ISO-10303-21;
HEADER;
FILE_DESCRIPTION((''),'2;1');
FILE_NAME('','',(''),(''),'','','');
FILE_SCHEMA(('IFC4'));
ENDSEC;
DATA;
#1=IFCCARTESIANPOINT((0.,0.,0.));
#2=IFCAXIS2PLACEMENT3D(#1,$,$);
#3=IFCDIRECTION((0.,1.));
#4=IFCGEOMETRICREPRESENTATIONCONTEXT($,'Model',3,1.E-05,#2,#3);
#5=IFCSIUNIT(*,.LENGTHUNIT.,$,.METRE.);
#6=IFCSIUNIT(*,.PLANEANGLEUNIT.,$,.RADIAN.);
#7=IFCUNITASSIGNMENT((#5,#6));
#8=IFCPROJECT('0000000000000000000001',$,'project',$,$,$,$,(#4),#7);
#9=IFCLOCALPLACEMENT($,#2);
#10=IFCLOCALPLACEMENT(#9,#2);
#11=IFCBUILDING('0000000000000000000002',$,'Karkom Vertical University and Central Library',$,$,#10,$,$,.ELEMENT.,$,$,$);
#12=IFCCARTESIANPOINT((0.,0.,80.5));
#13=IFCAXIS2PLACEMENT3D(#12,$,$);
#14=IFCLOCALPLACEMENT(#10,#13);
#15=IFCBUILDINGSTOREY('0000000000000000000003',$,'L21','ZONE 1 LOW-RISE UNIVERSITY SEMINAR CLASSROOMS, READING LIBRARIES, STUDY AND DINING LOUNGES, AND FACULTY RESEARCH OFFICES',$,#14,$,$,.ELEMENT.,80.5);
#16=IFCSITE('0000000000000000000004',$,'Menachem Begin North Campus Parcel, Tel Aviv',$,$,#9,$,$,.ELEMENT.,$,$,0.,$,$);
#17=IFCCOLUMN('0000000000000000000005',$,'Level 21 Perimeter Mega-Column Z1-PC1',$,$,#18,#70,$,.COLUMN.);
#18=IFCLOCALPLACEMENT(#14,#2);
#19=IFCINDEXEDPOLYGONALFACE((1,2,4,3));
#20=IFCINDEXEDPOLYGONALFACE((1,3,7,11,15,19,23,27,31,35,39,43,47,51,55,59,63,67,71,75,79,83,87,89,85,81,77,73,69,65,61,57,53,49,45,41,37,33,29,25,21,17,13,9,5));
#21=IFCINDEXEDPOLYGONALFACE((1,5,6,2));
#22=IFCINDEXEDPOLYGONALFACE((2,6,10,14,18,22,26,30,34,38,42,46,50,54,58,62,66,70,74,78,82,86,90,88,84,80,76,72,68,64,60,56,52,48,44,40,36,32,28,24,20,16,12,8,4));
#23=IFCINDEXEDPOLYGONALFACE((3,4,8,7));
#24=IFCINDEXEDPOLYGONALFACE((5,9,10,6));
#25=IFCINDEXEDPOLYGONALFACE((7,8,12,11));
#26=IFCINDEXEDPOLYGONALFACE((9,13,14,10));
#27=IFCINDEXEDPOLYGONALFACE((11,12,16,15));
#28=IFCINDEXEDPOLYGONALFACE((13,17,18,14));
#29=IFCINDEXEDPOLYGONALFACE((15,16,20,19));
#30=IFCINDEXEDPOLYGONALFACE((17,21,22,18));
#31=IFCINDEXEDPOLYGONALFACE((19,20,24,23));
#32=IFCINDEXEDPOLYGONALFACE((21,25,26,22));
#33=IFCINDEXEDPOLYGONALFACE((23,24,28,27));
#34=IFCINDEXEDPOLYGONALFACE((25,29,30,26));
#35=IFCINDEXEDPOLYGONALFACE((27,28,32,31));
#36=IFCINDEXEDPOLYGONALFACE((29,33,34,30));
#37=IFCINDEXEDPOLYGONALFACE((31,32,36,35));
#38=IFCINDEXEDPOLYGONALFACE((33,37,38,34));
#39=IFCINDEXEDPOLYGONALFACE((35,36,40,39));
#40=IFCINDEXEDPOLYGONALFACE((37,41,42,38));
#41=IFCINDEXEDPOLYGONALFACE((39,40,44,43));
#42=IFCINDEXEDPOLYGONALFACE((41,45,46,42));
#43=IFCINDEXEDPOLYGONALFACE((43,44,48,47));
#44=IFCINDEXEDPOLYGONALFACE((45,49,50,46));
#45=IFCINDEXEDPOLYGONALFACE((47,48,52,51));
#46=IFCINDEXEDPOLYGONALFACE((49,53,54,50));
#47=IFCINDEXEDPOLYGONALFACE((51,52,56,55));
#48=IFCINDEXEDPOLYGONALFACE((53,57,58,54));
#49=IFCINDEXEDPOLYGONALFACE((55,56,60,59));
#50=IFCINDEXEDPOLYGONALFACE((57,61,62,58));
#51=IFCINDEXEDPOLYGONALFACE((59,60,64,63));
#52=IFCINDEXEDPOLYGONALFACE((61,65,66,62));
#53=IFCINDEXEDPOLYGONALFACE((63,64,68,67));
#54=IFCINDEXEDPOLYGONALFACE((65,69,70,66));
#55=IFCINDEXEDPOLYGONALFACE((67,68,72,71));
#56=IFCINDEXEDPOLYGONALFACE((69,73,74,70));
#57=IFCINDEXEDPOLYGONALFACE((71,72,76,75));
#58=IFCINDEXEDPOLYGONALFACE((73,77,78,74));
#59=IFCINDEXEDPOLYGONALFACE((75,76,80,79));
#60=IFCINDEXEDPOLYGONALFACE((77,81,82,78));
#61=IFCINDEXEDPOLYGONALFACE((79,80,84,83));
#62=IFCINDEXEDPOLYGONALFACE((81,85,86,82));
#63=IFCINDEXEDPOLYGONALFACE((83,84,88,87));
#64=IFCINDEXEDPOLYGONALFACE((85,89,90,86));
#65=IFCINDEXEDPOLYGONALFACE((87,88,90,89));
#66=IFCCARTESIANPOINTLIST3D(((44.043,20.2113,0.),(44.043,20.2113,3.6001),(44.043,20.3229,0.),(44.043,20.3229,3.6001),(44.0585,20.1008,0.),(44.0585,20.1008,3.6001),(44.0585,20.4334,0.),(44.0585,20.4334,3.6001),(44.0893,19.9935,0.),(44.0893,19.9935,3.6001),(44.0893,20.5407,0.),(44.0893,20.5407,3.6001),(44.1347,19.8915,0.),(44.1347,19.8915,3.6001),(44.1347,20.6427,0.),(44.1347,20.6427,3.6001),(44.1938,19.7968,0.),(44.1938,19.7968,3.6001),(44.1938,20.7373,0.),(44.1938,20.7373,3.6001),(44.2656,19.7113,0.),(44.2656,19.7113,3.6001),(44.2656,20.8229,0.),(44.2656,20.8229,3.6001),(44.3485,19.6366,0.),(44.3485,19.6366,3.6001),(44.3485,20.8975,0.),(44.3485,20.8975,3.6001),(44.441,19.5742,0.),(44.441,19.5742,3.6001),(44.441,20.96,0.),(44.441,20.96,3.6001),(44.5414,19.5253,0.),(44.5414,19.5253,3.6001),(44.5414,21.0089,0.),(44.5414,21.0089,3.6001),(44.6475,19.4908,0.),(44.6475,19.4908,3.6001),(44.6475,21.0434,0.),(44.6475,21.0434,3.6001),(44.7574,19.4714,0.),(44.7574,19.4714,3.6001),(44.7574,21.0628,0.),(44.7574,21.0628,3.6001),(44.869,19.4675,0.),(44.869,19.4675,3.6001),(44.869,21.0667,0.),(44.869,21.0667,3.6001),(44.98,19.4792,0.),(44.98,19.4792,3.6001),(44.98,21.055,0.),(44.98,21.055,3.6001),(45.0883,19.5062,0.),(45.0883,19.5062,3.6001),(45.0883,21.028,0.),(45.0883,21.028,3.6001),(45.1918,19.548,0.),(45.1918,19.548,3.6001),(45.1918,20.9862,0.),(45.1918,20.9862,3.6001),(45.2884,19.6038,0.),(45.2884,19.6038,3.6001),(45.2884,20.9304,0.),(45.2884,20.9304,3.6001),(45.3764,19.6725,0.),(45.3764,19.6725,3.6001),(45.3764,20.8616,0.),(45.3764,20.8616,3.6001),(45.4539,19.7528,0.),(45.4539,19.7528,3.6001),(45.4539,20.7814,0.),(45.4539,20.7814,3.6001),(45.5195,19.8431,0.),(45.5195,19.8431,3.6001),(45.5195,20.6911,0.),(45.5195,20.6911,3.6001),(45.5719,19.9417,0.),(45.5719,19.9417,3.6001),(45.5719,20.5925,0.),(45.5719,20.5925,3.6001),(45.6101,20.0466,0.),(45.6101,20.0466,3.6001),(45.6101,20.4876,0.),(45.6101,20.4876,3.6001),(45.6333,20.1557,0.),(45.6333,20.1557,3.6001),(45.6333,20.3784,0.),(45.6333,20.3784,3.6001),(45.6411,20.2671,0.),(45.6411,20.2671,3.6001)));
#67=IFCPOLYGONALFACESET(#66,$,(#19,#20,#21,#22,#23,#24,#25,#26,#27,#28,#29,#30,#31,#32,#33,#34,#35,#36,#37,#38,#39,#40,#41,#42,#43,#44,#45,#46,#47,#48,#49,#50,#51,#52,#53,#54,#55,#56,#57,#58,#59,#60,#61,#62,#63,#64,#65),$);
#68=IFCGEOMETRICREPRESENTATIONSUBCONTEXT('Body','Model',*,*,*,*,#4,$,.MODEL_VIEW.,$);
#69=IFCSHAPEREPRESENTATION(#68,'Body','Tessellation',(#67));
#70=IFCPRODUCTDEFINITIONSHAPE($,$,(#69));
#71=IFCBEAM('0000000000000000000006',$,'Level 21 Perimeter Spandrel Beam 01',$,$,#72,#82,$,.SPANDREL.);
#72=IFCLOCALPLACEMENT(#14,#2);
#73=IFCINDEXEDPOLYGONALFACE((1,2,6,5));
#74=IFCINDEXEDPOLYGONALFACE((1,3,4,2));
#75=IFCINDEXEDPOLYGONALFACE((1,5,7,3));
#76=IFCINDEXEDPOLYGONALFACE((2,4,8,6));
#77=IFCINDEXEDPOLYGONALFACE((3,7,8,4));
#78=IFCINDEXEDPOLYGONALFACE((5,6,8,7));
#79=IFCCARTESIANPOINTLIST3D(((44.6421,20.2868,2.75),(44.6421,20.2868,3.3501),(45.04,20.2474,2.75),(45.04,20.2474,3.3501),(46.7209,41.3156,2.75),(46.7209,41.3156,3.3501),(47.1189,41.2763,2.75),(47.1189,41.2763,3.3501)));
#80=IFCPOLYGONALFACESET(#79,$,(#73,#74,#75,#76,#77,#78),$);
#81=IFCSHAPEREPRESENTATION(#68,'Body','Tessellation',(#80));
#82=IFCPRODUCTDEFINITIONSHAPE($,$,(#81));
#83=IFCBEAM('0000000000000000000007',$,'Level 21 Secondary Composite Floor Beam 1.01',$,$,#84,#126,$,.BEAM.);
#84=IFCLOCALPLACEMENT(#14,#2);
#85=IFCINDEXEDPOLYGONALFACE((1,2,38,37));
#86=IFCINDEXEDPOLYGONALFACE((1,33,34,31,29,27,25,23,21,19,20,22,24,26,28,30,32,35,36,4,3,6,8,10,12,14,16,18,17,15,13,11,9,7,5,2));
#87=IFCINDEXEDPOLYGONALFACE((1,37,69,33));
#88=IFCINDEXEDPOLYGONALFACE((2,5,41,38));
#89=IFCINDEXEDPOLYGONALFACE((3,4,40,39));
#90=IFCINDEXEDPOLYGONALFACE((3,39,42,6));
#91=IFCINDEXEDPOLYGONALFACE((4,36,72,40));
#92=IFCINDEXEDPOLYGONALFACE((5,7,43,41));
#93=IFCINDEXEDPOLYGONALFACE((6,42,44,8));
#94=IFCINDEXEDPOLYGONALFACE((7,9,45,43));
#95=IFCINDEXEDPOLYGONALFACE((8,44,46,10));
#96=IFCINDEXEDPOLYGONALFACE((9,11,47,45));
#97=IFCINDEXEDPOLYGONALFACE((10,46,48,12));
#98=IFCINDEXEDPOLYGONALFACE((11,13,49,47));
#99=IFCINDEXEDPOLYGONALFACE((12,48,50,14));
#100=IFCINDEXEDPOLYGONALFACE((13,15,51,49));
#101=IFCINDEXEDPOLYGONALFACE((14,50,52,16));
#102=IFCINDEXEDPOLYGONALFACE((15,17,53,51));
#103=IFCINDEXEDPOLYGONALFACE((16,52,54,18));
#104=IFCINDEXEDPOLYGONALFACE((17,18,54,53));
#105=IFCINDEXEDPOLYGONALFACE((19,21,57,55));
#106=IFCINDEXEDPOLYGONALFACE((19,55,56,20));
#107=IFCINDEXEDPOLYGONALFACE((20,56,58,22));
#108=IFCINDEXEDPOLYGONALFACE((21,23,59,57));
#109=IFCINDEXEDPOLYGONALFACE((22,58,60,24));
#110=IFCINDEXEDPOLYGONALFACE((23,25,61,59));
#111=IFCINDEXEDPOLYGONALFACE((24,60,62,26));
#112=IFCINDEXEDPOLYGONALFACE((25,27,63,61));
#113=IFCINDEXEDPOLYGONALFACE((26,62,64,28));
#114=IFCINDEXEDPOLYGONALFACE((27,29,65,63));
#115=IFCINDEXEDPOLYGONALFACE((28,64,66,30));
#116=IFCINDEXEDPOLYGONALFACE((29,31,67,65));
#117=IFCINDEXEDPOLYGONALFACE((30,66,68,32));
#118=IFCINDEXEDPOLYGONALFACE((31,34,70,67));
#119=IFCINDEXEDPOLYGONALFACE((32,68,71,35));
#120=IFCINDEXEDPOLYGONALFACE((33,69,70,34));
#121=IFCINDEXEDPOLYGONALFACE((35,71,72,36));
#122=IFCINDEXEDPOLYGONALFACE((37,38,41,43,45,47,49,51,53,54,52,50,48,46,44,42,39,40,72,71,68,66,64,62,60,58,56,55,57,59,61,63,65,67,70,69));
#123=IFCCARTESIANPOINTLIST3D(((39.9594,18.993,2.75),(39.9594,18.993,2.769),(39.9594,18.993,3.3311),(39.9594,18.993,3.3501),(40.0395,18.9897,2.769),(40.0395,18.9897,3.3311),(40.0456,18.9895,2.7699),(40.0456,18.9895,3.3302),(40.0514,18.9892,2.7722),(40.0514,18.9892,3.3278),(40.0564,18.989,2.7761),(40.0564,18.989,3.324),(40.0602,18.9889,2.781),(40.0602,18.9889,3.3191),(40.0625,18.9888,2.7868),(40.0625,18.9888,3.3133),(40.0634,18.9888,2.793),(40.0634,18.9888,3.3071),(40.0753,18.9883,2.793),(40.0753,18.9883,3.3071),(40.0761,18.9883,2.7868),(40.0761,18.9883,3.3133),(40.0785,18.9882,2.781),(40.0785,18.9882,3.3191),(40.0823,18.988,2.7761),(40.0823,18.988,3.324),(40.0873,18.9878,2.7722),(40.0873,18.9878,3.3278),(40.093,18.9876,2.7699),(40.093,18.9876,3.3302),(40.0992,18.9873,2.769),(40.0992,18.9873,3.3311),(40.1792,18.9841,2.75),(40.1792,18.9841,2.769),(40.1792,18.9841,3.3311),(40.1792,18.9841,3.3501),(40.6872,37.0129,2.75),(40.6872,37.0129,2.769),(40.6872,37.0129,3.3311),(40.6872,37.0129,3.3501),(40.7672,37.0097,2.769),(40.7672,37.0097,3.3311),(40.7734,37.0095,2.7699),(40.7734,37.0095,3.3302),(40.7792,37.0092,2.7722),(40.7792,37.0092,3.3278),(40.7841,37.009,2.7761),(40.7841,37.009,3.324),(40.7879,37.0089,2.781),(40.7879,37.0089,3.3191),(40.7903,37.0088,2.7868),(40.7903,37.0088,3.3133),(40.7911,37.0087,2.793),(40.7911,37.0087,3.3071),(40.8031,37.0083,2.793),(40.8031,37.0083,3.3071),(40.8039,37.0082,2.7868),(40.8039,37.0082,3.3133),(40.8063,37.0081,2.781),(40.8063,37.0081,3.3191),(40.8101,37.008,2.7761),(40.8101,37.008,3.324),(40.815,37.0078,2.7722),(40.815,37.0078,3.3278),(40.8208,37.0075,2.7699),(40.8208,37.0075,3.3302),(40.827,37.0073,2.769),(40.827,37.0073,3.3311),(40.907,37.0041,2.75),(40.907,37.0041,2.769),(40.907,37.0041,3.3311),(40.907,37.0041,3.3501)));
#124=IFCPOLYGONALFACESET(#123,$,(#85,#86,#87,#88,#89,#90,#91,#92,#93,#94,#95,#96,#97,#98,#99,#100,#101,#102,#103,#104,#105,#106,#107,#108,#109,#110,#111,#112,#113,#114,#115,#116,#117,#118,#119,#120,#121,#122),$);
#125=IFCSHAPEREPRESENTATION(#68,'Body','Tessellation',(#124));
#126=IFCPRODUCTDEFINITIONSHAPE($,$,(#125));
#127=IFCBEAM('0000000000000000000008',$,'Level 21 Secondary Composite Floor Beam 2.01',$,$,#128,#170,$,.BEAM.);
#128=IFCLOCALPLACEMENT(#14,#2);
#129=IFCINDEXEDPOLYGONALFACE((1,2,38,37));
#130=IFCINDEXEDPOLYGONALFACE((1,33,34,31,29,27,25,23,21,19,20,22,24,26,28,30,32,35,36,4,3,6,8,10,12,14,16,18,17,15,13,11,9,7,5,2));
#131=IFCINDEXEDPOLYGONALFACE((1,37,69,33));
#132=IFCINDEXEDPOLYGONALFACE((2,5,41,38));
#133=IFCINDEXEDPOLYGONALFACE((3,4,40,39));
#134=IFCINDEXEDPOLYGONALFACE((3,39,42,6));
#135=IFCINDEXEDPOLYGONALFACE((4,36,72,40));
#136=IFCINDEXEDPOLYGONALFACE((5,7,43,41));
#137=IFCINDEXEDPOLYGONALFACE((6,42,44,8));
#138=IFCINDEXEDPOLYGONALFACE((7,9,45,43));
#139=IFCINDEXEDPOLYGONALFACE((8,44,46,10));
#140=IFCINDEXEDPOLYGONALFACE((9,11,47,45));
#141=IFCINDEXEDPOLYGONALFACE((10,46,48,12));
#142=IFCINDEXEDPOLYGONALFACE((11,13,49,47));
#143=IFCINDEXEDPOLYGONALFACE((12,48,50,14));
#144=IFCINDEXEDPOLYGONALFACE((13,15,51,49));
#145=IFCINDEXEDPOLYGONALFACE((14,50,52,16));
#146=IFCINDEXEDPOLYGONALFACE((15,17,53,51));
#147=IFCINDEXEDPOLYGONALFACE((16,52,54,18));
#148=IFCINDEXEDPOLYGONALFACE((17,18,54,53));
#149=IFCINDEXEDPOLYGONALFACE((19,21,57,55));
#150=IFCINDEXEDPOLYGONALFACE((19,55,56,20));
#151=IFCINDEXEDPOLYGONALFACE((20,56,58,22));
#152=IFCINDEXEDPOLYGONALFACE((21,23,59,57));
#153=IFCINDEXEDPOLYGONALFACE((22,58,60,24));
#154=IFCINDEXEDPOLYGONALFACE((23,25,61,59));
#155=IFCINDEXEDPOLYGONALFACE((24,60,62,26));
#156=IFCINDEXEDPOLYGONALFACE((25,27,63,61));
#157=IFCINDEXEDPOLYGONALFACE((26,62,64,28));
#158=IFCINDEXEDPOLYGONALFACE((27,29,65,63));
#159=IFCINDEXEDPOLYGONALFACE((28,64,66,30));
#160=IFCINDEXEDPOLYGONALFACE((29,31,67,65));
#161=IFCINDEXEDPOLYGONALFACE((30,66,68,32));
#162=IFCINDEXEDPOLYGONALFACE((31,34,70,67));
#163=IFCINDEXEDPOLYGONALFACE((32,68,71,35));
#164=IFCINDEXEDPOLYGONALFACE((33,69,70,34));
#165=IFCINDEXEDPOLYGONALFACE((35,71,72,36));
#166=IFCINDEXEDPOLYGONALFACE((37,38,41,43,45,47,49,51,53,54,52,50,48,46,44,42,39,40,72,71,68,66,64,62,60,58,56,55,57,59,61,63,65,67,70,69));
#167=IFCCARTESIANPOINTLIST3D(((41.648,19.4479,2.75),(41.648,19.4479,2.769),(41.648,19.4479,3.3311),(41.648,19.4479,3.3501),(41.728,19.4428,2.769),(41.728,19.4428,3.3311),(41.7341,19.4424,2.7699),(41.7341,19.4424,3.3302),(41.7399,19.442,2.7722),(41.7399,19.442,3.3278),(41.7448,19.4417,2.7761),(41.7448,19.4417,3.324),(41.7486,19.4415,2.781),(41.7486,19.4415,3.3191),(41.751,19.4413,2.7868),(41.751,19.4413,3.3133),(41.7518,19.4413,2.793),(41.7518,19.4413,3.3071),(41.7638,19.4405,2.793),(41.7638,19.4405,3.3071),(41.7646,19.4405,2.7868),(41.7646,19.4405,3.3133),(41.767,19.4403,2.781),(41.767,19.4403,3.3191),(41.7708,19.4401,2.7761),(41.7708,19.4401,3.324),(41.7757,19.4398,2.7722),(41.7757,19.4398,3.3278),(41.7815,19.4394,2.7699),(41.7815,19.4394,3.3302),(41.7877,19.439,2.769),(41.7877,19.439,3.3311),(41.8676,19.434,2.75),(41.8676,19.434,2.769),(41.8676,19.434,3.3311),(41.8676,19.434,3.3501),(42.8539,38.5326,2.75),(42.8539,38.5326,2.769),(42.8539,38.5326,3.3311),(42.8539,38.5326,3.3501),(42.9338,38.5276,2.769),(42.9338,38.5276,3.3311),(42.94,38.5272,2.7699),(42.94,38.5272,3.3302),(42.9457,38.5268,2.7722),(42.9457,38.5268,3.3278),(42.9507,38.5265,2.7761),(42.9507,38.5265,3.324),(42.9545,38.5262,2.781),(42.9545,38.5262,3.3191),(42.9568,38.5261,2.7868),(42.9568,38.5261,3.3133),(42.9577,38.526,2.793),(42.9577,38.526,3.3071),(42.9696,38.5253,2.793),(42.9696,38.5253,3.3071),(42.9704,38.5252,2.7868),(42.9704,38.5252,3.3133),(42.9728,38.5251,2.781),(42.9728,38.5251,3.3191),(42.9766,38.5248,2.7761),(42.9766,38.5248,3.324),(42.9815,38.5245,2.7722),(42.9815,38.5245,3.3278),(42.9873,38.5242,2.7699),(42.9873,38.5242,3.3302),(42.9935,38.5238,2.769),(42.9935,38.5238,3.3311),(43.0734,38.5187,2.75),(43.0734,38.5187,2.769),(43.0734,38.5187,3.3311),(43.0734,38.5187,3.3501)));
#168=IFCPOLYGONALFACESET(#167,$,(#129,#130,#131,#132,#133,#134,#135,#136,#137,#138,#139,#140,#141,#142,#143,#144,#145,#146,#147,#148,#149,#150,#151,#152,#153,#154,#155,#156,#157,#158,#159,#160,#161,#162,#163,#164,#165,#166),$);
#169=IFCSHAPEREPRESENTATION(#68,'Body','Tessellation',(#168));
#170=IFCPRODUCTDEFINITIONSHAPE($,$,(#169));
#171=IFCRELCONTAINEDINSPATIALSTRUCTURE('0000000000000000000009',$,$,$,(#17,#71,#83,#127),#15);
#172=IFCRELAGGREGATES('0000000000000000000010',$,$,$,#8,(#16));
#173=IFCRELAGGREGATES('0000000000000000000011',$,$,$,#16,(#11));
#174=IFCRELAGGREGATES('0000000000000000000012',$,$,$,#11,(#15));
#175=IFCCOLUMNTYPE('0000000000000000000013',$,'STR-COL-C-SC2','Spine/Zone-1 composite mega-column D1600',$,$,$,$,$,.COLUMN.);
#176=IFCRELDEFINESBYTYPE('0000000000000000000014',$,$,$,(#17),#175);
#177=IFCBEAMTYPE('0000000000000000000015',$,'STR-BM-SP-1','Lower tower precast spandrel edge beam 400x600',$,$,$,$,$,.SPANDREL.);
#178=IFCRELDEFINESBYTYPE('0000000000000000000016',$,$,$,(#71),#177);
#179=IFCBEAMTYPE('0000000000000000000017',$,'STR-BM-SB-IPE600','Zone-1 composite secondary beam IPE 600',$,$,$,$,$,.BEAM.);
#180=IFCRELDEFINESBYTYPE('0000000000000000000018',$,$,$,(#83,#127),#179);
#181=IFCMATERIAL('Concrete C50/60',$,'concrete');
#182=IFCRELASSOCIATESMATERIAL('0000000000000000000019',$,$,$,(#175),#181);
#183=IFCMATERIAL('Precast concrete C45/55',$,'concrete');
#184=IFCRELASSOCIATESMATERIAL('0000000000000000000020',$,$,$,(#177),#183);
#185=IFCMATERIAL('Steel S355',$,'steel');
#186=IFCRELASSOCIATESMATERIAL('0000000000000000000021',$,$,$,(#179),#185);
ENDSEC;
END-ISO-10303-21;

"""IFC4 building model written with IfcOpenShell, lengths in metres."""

from ifc_helpers import new_model, si_unit, direction, frame, origin, origin_with_axes, origin_2d, place, context, subcontext, project, spatial, rectangle, circle, i_section, extrude, source, transform, mapped, material, material_profile, profile_set, type_object, element, save


model = new_model("IFC4")

# Units and contexts
model_context = context("Model", 3, precision=1e-05, world=origin(), true_north=direction((0.0, 1.0)))
body_context = subcontext(model_context, "Body", "Model", "MODEL_VIEW")
ifc_project = project(units=[si_unit("LENGTHUNIT", "METRE"), si_unit("PLANEANGLEUNIT", "RADIAN")], contexts=[model_context])

# Site, building, storey
site_placement = place(None, origin())
site = spatial("IfcSite", under=ifc_project, at=site_placement, Name="Menachem Begin North Campus Parcel, Tel Aviv", CompositionType="ELEMENT", RefElevation=0.0)
building_placement = place(site_placement, origin())
building = spatial("IfcBuilding", under=site, at=building_placement, Name="Karkom Vertical University and Central Library", CompositionType="ELEMENT")
storey_placement = place(building_placement, frame((0.0, 0.0, 80.5)))
storey = spatial("IfcBuildingStorey", under=building, at=storey_placement, Name="L21", Description="ZONE 1 LOW-RISE UNIVERSITY SEMINAR CLASSROOMS, READING LIBRARIES, STUDY AND DINING LOUNGES, AND FACULTY RESEARCH OFFICES", CompositionType="ELEMENT", Elevation=80.5)

# Column
ifc_material_1 = material(Name="Concrete C50/60", Category="concrete")
ifc_material_profile_1 = material_profile(ifc_material_1, circle(Radius=0.8, at=origin_2d()), Name="CFT-D1600")
ifc_profile_set_1 = profile_set([ifc_material_profile_1], Name="Concrete C50/60")
column_type = type_object("IfcColumnType", Name="STR-COL-C-SC2", Description="Spine/Zone-1 composite mega-column D1600", PredefinedType="COLUMN", material=ifc_profile_set_1)
shared_shape_1 = source(origin_with_axes(), body_context, "Body", "SweptSolid", [
    extrude(circle(Radius=0.8, at=origin_2d()), origin(), (0.0, 0.0, 1.0), 3.6001),
])
column_placement = place(storey_placement, frame((44.8411, 20.2671, 0.0), z_axis=(0.0, 0.0, 1.0), x_axis=(1.0, 0.0, 0.0)))
element("IfcColumn", 1, at=column_placement, inside=storey, type_object=column_type, Name="Level 21 Perimeter Mega-Column Z1-PC1", PredefinedType="COLUMN", context=body_context, shape_type="MappedRepresentation", body=[
    mapped(shared_shape_1, transform((0.0, 0.0, 0.0), scale=1.0)),
])

# Beams
ifc_material_2 = material(Name="Precast concrete C45/55", Category="concrete")
ifc_material_profile_2 = material_profile(ifc_material_2, rectangle(XDim=0.3999, YDim=0.6001, at=origin_2d()), Name="SPB-400x600")
ifc_profile_set_2 = profile_set([ifc_material_profile_2], Name="Precast concrete C45/55")
beam_type_1 = type_object("IfcBeamType", Name="STR-BM-SP-1", Description="Lower tower precast spandrel edge beam 400x600", PredefinedType="SPANDREL", material=ifc_profile_set_2)
shared_shape_2 = source(origin_with_axes(), body_context, "Body", "SweptSolid", [
    extrude(rectangle(XDim=0.3999, YDim=0.6001, at=origin_2d()), origin(), (0.0, 0.0, 1.0), 21.1313),
])
beam_1_placement = place(storey_placement, frame((44.8411, 20.2671, 3.05), z_axis=(0.098378, 0.995149, 0.0), x_axis=(-0.995149, 0.098378, 0.0)))
element("IfcBeam", 2, at=beam_1_placement, inside=storey, type_object=beam_type_1, Name="Level 21 Perimeter Spandrel Beam 01", PredefinedType="SPANDREL", context=body_context, shape_type="MappedRepresentation", body=[
    mapped(shared_shape_2, transform((0.0, 0.0, 0.0), scale=1.0)),
])
ifc_material_3 = material(Name="Steel S355", Category="steel")
ifc_material_profile_3 = material_profile(ifc_material_3, i_section(OverallWidth=0.22, OverallDepth=0.6001, WebThickness=0.012, FlangeThickness=0.019, FilletRadius=0.0239, at=origin_2d()), Name="IPE 600")
ifc_profile_set_3 = profile_set([ifc_material_profile_3], Name="Steel S355")
beam_type_2 = type_object("IfcBeamType", Name="STR-BM-SB-IPE600", Description="Zone-1 composite secondary beam IPE 600", PredefinedType="BEAM", material=ifc_profile_set_3)
shared_shape_3 = source(origin_with_axes(), body_context, "Body", "SweptSolid", [
    extrude(i_section(OverallWidth=0.22, OverallDepth=0.6001, WebThickness=0.012, FlangeThickness=0.019, FilletRadius=0.0239, at=origin_2d()), origin(), (0.0, 0.0, 1.0), 18.0347),
])
beam_2_placement = place(storey_placement, frame((40.0693, 18.9885, 3.05), z_axis=(0.040355, 0.999185, 0.0), x_axis=(-0.999185, 0.040355, 0.0)))
element("IfcBeam", 3, at=beam_2_placement, inside=storey, type_object=beam_type_2, Name="Level 21 Secondary Composite Floor Beam 1.01", PredefinedType="BEAM", context=body_context, shape_type="MappedRepresentation", body=[
    mapped(shared_shape_3, transform((0.0, 0.0, 0.0), scale=1.0)),
])
shared_shape_4 = source(origin_with_axes(), body_context, "Body", "SweptSolid", [
    extrude(i_section(OverallWidth=0.22, OverallDepth=0.6001, WebThickness=0.012, FlangeThickness=0.019, FilletRadius=0.0239, at=origin_2d()), origin(), (0.0, 0.0, 1.0), 19.1228),
])
beam_3_placement = place(storey_placement, frame((41.7578, 19.4409, 3.05), z_axis=(0.063056, 0.99801, 0.0), x_axis=(-0.99801, 0.063056, 0.0)))
element("IfcBeam", 4, at=beam_3_placement, inside=storey, type_object=beam_type_2, Name="Level 21 Secondary Composite Floor Beam 2.01", PredefinedType="BEAM", context=body_context, shape_type="MappedRepresentation", body=[
    mapped(shared_shape_4, transform((0.0, 0.0, 0.0), scale=1.0)),
])

save(model, "model.ifc")
